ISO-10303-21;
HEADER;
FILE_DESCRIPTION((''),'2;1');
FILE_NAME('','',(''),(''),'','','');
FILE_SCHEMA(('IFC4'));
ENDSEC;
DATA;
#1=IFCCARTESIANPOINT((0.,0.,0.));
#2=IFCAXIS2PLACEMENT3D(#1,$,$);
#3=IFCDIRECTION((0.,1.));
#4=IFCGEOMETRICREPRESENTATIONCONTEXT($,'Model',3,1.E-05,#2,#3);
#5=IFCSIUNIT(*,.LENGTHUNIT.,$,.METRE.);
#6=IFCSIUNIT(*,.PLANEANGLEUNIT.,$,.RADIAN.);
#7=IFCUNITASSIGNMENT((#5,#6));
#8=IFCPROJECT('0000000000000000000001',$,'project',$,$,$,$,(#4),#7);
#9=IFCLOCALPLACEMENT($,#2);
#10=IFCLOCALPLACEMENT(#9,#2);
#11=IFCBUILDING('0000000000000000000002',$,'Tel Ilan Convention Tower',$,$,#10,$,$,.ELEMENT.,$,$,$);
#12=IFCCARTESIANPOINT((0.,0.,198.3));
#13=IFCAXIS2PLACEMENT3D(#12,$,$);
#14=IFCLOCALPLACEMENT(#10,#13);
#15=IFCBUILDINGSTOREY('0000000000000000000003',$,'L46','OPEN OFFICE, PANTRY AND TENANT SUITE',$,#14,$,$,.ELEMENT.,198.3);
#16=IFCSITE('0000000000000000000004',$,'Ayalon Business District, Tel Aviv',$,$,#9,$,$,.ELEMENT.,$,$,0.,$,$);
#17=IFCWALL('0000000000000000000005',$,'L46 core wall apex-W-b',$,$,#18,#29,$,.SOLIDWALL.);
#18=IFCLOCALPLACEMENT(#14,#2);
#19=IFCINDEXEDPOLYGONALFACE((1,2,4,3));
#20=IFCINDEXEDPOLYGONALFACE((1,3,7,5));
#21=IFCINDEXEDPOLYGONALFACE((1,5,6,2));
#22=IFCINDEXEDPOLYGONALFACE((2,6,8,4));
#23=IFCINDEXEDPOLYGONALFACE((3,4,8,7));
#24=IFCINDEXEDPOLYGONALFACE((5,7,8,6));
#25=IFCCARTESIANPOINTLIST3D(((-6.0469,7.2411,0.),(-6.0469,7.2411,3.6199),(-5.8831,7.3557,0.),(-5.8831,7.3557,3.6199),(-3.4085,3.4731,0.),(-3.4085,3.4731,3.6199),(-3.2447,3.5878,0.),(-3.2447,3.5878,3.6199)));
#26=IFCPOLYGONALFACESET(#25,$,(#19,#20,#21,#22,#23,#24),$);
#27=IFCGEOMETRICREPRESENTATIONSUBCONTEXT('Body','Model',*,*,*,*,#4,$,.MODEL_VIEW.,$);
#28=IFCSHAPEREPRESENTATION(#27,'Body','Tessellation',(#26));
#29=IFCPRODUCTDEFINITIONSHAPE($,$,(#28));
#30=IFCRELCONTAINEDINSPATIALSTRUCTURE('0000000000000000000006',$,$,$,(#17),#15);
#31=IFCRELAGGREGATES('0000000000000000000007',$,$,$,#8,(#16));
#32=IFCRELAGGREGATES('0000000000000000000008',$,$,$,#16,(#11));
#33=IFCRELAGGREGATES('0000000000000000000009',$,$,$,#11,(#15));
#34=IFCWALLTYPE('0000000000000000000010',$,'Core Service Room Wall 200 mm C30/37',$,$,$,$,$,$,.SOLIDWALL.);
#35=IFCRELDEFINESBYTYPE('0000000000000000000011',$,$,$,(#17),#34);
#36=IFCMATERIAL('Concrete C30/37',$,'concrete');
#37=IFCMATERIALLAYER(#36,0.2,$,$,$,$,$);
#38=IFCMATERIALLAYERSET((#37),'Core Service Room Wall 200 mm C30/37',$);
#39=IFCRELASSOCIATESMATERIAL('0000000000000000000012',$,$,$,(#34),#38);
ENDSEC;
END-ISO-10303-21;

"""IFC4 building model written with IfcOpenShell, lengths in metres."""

from ifc_helpers import new_model, si_unit, direction, frame, frame_2d, origin, place, context, subcontext, project, spatial, rectangle, extrude, material, layer, layer_set, type_object, element, save


model = new_model("IFC4")

# Units and contexts
model_context = context("Model", 3, precision=1e-05, world=origin(), true_north=direction((0.0, 1.0)))
body_context = subcontext(model_context, "Body", "Model", "MODEL_VIEW")
ifc_project = project(units=[si_unit("LENGTHUNIT", "METRE"), si_unit("PLANEANGLEUNIT", "RADIAN")], contexts=[model_context])

# Site, building, storey
site_placement = place(None, origin())
site = spatial("IfcSite", under=ifc_project, at=site_placement, Name="Ayalon Business District, Tel Aviv", CompositionType="ELEMENT", RefElevation=0.0)
building_placement = place(site_placement, origin())
building = spatial("IfcBuilding", under=site, at=building_placement, Name="Tel Ilan Convention Tower", CompositionType="ELEMENT")
storey_placement = place(building_placement, frame((0.0, 0.0, 198.3)))
storey = spatial("IfcBuildingStorey", under=building, at=storey_placement, Name="L46", Description="OPEN OFFICE, PANTRY AND TENANT SUITE", CompositionType="ELEMENT", Elevation=198.3)

# Wall
ifc_material_1 = material(Name="Concrete C30/37", Category="concrete")
ifc_layer_1 = layer(ifc_material_1, 0.2)
ifc_layer_set_1 = layer_set([ifc_layer_1], Name="Core Service Room Wall 200 mm C30/37")
wall_type_1 = type_object("IfcWallType", Name="Core Service Room Wall 200 mm C30/37", PredefinedType="SOLIDWALL", material=ifc_layer_set_1)
wall_1_placement = place(storey_placement, frame((-3.3267, 3.5305, 0.0), z_axis=(0.0, 0.0, 1.0), x_axis=(-0.573576, 0.819152, 0.0)))
element("IfcWall", 1, at=wall_1_placement, inside=storey, type_object=wall_type_1, Name="L46 core wall apex-W-b", PredefinedType="SOLIDWALL", context=body_context, shape_type="SweptSolid", body=[
    extrude(rectangle(XDim=4.5999, YDim=0.2, at=frame_2d((2.2998, 0.0))), origin(), (0.0, 0.0, 1.0), 3.6199),
])

save(model, "model.ifc")
